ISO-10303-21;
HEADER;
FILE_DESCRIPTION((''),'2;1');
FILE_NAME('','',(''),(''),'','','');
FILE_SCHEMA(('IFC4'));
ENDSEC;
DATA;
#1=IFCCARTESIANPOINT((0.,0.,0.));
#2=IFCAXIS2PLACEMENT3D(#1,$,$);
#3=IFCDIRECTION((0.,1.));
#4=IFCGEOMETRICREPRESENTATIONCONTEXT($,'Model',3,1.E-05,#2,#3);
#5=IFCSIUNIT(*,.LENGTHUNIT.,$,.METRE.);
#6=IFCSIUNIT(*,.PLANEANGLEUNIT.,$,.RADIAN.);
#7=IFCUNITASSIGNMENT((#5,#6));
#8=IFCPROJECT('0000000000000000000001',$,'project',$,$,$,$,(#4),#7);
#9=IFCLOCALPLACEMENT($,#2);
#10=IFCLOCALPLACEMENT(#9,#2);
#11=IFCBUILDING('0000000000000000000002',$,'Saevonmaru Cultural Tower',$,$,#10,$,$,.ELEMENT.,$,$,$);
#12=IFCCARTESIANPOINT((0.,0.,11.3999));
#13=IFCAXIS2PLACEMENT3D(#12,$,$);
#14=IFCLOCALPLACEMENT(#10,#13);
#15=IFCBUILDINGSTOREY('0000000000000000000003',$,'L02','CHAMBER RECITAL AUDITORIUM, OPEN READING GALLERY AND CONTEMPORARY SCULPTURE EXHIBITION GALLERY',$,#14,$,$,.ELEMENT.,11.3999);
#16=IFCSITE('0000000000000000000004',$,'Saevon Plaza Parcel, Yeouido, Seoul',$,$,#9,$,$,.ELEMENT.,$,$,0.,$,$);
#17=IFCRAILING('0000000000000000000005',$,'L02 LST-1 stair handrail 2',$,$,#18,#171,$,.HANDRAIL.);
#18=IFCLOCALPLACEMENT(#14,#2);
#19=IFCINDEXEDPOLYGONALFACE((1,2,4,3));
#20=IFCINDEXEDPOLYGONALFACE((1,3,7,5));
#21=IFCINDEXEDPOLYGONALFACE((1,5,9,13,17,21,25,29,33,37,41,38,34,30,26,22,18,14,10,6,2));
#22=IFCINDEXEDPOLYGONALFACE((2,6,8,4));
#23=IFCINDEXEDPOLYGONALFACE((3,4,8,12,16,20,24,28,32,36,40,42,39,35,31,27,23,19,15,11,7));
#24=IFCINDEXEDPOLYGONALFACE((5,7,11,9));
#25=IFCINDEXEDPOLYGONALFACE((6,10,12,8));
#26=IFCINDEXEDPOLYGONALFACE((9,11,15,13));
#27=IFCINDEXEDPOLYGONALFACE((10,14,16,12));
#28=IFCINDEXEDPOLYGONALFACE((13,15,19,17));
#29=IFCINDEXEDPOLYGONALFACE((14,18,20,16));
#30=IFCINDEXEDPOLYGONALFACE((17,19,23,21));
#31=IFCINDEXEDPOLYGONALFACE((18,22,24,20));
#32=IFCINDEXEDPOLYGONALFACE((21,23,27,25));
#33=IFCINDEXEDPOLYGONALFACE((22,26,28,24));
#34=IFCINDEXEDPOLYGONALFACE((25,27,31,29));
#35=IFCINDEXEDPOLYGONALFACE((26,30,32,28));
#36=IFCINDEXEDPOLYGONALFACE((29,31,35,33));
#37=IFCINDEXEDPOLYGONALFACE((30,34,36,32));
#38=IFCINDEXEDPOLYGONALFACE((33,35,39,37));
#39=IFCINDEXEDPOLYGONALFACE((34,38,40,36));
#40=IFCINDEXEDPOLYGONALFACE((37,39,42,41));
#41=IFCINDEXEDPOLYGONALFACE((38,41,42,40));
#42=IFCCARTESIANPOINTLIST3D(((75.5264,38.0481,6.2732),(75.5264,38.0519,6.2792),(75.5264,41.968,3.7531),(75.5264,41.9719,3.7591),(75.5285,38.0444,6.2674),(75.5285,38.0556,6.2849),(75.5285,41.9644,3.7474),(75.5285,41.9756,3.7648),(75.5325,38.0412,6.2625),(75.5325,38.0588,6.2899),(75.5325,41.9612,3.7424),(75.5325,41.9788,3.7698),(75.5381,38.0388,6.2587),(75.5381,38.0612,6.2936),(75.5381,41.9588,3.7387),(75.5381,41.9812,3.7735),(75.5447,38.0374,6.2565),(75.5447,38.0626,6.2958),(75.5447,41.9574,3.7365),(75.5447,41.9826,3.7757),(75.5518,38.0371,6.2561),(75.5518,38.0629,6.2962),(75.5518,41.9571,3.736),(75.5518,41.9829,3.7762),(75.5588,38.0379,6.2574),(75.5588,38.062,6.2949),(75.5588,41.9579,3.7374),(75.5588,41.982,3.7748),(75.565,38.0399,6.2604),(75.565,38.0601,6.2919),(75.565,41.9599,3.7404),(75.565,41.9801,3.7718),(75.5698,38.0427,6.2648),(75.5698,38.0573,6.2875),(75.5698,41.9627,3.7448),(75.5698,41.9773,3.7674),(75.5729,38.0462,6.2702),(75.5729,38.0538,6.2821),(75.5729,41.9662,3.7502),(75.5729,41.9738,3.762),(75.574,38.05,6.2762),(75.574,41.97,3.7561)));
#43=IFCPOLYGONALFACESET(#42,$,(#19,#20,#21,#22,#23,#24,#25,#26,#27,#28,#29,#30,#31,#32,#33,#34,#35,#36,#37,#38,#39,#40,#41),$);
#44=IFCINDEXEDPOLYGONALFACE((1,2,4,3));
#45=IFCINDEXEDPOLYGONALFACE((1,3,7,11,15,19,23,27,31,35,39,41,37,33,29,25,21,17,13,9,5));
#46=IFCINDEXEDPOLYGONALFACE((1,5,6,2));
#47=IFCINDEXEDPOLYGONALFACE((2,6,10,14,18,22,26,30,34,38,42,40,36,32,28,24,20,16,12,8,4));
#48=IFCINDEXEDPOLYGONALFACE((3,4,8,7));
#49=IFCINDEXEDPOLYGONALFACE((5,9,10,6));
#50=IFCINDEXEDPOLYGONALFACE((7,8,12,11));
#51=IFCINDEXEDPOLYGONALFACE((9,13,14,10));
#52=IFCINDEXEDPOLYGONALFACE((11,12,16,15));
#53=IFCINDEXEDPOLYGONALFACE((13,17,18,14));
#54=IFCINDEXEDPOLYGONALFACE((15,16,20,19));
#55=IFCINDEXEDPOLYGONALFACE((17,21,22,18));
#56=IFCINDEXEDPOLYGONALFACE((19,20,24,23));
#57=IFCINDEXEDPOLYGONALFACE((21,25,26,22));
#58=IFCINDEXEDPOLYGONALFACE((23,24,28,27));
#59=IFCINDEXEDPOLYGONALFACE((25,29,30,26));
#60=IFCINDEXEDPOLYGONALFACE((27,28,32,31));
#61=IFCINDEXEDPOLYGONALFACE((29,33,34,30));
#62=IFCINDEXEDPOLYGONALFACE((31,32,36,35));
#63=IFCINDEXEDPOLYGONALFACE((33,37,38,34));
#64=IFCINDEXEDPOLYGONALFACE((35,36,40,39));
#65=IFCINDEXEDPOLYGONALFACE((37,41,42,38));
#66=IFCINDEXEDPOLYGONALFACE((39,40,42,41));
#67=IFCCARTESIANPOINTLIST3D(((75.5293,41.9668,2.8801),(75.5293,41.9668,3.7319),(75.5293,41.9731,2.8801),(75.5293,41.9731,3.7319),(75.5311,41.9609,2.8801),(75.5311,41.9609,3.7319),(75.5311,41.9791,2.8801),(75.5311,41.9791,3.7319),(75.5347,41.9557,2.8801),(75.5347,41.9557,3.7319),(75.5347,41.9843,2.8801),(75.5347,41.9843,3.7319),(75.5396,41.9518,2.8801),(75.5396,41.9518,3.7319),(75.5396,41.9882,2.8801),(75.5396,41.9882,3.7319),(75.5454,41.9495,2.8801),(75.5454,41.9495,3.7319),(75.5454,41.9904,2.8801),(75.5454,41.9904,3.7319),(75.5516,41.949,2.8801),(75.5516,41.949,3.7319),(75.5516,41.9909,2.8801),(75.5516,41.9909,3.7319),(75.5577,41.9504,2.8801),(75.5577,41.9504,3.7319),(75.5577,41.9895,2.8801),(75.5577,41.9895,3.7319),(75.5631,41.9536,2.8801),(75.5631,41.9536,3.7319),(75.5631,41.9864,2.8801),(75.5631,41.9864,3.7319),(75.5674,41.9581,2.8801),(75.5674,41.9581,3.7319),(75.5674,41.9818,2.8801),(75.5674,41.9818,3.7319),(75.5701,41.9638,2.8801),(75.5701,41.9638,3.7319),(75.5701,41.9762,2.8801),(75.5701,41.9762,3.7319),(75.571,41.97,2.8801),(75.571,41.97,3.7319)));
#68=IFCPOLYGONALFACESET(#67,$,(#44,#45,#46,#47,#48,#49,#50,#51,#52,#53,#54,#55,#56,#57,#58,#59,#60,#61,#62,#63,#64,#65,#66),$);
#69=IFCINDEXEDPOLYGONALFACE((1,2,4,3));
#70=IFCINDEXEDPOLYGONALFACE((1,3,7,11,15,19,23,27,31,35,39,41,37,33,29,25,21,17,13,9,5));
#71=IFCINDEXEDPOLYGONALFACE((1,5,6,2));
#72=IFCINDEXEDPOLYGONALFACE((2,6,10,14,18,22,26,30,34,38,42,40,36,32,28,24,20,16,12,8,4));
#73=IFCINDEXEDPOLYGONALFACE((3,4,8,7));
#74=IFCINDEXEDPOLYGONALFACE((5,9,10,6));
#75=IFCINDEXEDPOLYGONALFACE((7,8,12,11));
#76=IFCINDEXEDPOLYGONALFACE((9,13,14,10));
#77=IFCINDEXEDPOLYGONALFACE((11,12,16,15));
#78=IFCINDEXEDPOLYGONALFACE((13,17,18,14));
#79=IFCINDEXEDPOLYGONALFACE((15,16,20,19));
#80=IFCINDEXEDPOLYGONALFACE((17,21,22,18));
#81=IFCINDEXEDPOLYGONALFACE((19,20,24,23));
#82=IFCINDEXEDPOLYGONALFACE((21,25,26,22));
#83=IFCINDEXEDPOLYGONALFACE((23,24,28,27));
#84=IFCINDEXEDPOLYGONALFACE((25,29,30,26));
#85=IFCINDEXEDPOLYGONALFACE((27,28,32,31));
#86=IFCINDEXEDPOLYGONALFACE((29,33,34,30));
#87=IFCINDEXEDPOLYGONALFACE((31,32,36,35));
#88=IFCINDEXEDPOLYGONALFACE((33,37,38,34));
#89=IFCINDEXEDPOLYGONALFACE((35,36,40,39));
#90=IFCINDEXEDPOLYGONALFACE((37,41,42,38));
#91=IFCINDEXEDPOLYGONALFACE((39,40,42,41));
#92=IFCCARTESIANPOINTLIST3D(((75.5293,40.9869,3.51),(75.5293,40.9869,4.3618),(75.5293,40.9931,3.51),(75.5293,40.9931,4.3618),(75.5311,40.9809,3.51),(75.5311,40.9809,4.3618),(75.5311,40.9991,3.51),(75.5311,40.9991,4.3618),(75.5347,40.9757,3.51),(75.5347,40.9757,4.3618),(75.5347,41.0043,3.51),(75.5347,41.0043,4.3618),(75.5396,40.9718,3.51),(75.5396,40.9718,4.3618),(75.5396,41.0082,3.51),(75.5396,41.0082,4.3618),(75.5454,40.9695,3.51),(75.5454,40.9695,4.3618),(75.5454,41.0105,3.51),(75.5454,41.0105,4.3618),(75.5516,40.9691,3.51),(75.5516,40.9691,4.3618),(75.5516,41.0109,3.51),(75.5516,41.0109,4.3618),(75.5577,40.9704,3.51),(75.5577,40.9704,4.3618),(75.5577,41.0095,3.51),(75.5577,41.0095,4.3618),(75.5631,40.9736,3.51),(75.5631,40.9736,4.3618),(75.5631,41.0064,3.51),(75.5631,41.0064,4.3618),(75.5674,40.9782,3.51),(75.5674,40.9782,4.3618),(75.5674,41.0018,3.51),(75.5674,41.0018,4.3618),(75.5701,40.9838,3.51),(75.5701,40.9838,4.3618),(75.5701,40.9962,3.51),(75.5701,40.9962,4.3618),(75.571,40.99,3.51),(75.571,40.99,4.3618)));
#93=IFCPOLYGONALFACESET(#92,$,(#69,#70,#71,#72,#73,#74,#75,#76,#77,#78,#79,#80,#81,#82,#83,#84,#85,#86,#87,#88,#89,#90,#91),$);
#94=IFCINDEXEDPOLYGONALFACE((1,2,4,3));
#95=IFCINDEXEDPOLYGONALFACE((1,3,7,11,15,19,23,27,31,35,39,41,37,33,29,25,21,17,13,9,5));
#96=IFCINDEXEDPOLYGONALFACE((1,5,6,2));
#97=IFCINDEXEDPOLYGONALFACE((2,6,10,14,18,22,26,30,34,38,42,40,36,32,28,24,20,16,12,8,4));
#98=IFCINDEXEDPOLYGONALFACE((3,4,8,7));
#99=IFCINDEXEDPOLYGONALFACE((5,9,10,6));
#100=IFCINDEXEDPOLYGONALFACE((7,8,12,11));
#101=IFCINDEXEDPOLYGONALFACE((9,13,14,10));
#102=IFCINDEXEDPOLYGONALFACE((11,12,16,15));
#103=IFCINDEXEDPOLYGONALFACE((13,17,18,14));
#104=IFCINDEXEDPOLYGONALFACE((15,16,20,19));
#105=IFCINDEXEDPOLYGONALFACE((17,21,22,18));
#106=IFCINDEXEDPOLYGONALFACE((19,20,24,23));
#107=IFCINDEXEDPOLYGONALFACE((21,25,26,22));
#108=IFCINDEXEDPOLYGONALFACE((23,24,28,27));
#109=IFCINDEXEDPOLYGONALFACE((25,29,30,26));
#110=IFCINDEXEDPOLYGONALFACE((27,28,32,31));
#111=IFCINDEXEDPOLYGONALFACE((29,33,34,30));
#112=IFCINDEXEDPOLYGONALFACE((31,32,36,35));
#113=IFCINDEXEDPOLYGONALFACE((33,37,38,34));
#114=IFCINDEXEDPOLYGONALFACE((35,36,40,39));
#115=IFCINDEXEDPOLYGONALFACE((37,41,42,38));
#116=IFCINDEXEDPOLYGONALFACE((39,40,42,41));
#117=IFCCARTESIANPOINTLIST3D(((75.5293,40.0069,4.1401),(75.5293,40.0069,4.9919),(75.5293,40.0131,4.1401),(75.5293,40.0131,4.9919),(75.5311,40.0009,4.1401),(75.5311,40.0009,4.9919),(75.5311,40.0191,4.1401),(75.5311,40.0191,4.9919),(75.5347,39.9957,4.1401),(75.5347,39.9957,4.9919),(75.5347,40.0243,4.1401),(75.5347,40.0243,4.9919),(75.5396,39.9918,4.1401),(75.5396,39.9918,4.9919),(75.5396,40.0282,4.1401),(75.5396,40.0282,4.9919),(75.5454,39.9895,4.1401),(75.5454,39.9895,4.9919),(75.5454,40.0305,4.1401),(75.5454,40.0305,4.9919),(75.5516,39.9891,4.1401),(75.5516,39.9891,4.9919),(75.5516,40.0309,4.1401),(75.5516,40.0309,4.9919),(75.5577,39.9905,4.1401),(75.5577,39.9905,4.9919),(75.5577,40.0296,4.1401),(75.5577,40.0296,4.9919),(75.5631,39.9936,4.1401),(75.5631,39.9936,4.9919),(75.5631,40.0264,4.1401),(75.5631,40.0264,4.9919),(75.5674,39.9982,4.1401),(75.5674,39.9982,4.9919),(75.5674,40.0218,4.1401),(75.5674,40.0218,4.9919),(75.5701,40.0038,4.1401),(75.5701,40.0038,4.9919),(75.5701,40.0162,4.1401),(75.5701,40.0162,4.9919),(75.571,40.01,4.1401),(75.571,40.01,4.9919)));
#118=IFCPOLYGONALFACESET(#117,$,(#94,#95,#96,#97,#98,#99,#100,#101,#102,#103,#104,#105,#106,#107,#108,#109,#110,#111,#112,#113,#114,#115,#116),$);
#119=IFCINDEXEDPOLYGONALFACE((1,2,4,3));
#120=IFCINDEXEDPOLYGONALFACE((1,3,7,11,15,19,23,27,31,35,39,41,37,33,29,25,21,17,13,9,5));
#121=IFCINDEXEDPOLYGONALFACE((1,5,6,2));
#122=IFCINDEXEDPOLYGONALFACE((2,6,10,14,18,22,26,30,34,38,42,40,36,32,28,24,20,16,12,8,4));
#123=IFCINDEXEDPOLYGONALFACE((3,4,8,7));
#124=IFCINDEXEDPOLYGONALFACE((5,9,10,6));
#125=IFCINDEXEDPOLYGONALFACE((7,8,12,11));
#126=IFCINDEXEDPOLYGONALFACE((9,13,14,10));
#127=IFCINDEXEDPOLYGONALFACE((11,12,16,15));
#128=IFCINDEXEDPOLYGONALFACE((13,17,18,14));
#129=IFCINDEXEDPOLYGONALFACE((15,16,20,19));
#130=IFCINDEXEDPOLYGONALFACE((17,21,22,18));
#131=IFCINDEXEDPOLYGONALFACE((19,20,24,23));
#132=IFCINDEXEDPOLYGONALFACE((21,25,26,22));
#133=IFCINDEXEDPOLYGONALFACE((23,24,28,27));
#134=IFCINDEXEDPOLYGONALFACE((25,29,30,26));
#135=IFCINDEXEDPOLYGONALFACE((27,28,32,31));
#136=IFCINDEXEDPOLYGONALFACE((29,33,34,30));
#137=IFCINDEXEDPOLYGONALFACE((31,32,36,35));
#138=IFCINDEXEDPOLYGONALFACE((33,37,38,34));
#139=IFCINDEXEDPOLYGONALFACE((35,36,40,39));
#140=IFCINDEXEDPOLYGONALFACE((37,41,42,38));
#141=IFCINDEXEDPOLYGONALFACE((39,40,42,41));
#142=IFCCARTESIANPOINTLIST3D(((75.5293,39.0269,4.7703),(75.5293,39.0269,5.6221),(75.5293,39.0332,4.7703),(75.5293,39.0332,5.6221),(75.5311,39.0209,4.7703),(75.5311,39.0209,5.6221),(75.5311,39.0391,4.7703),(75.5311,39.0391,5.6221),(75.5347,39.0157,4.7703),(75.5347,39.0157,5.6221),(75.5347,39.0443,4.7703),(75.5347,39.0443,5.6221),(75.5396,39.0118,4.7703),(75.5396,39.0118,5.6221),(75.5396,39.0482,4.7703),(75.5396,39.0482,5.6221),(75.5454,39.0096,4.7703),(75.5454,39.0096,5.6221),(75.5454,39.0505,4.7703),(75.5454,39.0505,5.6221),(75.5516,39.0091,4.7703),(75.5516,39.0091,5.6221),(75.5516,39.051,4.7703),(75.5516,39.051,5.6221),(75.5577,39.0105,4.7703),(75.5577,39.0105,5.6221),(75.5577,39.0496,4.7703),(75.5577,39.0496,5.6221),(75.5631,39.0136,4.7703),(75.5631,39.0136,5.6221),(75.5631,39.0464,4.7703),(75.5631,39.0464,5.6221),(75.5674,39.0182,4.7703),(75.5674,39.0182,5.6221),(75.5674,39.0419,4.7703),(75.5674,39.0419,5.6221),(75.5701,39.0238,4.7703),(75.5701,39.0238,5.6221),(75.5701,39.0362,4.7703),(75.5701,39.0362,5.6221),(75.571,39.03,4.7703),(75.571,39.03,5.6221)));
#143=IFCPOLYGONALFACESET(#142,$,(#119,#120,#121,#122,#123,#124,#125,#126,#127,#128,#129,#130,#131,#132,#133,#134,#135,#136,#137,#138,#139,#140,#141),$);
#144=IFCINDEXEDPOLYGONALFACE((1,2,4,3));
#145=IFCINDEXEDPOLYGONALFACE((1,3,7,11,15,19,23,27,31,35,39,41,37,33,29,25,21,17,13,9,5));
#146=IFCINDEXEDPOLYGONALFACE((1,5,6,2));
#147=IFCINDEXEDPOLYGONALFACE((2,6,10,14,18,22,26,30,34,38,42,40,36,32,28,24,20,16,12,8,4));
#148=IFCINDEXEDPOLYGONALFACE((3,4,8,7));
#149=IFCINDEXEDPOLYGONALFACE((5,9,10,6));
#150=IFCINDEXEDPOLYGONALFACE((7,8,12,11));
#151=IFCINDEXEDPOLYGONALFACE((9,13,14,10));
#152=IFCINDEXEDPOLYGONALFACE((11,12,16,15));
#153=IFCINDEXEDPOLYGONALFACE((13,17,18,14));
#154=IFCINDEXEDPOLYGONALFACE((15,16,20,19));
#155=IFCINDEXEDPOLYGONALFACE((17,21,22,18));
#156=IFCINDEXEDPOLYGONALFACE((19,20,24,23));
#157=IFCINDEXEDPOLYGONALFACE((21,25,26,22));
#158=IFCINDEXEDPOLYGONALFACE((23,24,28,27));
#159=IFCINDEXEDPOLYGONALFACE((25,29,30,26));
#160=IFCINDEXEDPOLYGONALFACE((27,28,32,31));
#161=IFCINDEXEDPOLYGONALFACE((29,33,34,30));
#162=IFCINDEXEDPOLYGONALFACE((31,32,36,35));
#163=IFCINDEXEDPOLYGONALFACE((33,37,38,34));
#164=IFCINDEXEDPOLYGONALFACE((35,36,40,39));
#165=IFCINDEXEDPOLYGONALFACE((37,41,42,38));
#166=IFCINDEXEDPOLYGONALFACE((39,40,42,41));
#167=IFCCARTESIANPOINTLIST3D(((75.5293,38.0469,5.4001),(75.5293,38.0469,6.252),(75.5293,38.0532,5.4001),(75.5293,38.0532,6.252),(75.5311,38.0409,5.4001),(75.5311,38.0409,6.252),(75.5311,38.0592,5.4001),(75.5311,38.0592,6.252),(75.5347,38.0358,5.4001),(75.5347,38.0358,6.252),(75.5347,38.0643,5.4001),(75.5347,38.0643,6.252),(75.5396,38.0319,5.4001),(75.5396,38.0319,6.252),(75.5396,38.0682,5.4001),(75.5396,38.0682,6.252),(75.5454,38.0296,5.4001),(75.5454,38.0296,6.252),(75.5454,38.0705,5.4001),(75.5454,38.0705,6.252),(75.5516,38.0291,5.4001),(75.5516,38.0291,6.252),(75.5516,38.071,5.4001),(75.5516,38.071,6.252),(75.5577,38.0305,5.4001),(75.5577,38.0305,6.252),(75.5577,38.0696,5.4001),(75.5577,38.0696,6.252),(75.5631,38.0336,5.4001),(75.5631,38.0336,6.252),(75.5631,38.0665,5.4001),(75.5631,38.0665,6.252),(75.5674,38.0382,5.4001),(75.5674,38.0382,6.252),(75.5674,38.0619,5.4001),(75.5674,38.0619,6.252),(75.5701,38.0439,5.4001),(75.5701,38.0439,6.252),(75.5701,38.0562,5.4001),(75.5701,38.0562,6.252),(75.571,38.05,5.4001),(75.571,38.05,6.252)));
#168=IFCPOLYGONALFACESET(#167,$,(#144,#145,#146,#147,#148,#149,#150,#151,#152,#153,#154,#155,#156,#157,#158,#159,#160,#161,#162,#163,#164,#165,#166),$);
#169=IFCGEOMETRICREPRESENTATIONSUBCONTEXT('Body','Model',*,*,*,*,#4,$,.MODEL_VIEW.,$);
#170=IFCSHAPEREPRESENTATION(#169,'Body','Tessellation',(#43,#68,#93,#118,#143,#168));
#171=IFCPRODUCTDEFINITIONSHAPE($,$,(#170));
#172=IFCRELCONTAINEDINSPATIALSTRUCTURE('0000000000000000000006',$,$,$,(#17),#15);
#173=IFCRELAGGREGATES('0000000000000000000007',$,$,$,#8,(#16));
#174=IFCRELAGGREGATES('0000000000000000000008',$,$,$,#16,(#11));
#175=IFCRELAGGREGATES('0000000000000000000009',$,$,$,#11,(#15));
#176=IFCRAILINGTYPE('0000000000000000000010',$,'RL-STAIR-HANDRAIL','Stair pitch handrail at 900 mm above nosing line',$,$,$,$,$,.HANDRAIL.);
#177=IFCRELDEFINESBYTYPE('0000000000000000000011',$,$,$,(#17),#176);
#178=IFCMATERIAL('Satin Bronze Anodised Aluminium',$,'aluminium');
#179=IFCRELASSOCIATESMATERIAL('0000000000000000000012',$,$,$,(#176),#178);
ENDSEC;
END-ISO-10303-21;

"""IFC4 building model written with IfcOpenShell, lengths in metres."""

from ifc_helpers import new_model, si_unit, direction, frame, origin, origin_2d, place, context, subcontext, project, spatial, circle, extrude, material, type_object, element, save


model = new_model("IFC4")

# Units and contexts
model_context = context("Model", 3, precision=1e-05, world=origin(), true_north=direction((0.0, 1.0)))
body_context = subcontext(model_context, "Body", "Model", "MODEL_VIEW")
ifc_project = project(units=[si_unit("LENGTHUNIT", "METRE"), si_unit("PLANEANGLEUNIT", "RADIAN")], contexts=[model_context])

# Site, building, storey
site_placement = place(None, origin())
site = spatial("IfcSite", under=ifc_project, at=site_placement, Name="Saevon Plaza Parcel, Yeouido, Seoul", CompositionType="ELEMENT", RefElevation=0.0)
building_placement = place(site_placement, origin())
building = spatial("IfcBuilding", under=site, at=building_placement, Name="Saevonmaru Cultural Tower", CompositionType="ELEMENT")
storey_placement = place(building_placement, frame((0.0, 0.0, 11.3999)))
storey = spatial("IfcBuildingStorey", under=building, at=storey_placement, Name="L02", Description="CHAMBER RECITAL AUDITORIUM, OPEN READING GALLERY AND CONTEMPORARY SCULPTURE EXHIBITION GALLERY", CompositionType="ELEMENT", Elevation=11.3999)

# Shared definitions
ifc_material_1 = material(Name="Satin Bronze Anodised Aluminium", Category="aluminium")

# Railing
railing_type_1 = type_object("IfcRailingType", Name="RL-STAIR-HANDRAIL", Description="Stair pitch handrail at 900 mm above nosing line", PredefinedType="HANDRAIL", material=ifc_material_1)
railing_1_placement = place(storey_placement, frame((75.55, 41.97, 2.8801)))
element("IfcRailing", 1, at=railing_1_placement, inside=storey, type_object=railing_type_1, Name="L02 LST-1 stair handrail 2", PredefinedType="HANDRAIL", context=body_context, shape_type="SweptSolid", body=[
    extrude(circle(Radius=0.0239, at=origin_2d()), frame((0.0, 0.0, 0.876), z_axis=(0.0, -0.841172, 0.540768), x_axis=(1.0, 0.0, 0.0)), (0.0, 0.0, 1.0), 4.6602),
    extrude(circle(Radius=0.021, at=origin_2d()), origin(), (0.0, 0.0, 1.0), 0.8518),
    extrude(circle(Radius=0.021, at=origin_2d()), frame((0.0, -0.98, 0.6299)), (0.0, 0.0, 1.0), 0.8518),
    extrude(circle(Radius=0.021, at=origin_2d()), frame((0.0, -1.96, 1.26)), (0.0, 0.0, 1.0), 0.8518),
    extrude(circle(Radius=0.021, at=origin_2d()), frame((0.0, -2.9399, 1.8901)), (0.0, 0.0, 1.0), 0.8518),
    extrude(circle(Radius=0.021, at=origin_2d()), frame((0.0, -3.9199, 2.52)), (0.0, 0.0, 1.0), 0.8518),
])

save(model, "model.ifc")
